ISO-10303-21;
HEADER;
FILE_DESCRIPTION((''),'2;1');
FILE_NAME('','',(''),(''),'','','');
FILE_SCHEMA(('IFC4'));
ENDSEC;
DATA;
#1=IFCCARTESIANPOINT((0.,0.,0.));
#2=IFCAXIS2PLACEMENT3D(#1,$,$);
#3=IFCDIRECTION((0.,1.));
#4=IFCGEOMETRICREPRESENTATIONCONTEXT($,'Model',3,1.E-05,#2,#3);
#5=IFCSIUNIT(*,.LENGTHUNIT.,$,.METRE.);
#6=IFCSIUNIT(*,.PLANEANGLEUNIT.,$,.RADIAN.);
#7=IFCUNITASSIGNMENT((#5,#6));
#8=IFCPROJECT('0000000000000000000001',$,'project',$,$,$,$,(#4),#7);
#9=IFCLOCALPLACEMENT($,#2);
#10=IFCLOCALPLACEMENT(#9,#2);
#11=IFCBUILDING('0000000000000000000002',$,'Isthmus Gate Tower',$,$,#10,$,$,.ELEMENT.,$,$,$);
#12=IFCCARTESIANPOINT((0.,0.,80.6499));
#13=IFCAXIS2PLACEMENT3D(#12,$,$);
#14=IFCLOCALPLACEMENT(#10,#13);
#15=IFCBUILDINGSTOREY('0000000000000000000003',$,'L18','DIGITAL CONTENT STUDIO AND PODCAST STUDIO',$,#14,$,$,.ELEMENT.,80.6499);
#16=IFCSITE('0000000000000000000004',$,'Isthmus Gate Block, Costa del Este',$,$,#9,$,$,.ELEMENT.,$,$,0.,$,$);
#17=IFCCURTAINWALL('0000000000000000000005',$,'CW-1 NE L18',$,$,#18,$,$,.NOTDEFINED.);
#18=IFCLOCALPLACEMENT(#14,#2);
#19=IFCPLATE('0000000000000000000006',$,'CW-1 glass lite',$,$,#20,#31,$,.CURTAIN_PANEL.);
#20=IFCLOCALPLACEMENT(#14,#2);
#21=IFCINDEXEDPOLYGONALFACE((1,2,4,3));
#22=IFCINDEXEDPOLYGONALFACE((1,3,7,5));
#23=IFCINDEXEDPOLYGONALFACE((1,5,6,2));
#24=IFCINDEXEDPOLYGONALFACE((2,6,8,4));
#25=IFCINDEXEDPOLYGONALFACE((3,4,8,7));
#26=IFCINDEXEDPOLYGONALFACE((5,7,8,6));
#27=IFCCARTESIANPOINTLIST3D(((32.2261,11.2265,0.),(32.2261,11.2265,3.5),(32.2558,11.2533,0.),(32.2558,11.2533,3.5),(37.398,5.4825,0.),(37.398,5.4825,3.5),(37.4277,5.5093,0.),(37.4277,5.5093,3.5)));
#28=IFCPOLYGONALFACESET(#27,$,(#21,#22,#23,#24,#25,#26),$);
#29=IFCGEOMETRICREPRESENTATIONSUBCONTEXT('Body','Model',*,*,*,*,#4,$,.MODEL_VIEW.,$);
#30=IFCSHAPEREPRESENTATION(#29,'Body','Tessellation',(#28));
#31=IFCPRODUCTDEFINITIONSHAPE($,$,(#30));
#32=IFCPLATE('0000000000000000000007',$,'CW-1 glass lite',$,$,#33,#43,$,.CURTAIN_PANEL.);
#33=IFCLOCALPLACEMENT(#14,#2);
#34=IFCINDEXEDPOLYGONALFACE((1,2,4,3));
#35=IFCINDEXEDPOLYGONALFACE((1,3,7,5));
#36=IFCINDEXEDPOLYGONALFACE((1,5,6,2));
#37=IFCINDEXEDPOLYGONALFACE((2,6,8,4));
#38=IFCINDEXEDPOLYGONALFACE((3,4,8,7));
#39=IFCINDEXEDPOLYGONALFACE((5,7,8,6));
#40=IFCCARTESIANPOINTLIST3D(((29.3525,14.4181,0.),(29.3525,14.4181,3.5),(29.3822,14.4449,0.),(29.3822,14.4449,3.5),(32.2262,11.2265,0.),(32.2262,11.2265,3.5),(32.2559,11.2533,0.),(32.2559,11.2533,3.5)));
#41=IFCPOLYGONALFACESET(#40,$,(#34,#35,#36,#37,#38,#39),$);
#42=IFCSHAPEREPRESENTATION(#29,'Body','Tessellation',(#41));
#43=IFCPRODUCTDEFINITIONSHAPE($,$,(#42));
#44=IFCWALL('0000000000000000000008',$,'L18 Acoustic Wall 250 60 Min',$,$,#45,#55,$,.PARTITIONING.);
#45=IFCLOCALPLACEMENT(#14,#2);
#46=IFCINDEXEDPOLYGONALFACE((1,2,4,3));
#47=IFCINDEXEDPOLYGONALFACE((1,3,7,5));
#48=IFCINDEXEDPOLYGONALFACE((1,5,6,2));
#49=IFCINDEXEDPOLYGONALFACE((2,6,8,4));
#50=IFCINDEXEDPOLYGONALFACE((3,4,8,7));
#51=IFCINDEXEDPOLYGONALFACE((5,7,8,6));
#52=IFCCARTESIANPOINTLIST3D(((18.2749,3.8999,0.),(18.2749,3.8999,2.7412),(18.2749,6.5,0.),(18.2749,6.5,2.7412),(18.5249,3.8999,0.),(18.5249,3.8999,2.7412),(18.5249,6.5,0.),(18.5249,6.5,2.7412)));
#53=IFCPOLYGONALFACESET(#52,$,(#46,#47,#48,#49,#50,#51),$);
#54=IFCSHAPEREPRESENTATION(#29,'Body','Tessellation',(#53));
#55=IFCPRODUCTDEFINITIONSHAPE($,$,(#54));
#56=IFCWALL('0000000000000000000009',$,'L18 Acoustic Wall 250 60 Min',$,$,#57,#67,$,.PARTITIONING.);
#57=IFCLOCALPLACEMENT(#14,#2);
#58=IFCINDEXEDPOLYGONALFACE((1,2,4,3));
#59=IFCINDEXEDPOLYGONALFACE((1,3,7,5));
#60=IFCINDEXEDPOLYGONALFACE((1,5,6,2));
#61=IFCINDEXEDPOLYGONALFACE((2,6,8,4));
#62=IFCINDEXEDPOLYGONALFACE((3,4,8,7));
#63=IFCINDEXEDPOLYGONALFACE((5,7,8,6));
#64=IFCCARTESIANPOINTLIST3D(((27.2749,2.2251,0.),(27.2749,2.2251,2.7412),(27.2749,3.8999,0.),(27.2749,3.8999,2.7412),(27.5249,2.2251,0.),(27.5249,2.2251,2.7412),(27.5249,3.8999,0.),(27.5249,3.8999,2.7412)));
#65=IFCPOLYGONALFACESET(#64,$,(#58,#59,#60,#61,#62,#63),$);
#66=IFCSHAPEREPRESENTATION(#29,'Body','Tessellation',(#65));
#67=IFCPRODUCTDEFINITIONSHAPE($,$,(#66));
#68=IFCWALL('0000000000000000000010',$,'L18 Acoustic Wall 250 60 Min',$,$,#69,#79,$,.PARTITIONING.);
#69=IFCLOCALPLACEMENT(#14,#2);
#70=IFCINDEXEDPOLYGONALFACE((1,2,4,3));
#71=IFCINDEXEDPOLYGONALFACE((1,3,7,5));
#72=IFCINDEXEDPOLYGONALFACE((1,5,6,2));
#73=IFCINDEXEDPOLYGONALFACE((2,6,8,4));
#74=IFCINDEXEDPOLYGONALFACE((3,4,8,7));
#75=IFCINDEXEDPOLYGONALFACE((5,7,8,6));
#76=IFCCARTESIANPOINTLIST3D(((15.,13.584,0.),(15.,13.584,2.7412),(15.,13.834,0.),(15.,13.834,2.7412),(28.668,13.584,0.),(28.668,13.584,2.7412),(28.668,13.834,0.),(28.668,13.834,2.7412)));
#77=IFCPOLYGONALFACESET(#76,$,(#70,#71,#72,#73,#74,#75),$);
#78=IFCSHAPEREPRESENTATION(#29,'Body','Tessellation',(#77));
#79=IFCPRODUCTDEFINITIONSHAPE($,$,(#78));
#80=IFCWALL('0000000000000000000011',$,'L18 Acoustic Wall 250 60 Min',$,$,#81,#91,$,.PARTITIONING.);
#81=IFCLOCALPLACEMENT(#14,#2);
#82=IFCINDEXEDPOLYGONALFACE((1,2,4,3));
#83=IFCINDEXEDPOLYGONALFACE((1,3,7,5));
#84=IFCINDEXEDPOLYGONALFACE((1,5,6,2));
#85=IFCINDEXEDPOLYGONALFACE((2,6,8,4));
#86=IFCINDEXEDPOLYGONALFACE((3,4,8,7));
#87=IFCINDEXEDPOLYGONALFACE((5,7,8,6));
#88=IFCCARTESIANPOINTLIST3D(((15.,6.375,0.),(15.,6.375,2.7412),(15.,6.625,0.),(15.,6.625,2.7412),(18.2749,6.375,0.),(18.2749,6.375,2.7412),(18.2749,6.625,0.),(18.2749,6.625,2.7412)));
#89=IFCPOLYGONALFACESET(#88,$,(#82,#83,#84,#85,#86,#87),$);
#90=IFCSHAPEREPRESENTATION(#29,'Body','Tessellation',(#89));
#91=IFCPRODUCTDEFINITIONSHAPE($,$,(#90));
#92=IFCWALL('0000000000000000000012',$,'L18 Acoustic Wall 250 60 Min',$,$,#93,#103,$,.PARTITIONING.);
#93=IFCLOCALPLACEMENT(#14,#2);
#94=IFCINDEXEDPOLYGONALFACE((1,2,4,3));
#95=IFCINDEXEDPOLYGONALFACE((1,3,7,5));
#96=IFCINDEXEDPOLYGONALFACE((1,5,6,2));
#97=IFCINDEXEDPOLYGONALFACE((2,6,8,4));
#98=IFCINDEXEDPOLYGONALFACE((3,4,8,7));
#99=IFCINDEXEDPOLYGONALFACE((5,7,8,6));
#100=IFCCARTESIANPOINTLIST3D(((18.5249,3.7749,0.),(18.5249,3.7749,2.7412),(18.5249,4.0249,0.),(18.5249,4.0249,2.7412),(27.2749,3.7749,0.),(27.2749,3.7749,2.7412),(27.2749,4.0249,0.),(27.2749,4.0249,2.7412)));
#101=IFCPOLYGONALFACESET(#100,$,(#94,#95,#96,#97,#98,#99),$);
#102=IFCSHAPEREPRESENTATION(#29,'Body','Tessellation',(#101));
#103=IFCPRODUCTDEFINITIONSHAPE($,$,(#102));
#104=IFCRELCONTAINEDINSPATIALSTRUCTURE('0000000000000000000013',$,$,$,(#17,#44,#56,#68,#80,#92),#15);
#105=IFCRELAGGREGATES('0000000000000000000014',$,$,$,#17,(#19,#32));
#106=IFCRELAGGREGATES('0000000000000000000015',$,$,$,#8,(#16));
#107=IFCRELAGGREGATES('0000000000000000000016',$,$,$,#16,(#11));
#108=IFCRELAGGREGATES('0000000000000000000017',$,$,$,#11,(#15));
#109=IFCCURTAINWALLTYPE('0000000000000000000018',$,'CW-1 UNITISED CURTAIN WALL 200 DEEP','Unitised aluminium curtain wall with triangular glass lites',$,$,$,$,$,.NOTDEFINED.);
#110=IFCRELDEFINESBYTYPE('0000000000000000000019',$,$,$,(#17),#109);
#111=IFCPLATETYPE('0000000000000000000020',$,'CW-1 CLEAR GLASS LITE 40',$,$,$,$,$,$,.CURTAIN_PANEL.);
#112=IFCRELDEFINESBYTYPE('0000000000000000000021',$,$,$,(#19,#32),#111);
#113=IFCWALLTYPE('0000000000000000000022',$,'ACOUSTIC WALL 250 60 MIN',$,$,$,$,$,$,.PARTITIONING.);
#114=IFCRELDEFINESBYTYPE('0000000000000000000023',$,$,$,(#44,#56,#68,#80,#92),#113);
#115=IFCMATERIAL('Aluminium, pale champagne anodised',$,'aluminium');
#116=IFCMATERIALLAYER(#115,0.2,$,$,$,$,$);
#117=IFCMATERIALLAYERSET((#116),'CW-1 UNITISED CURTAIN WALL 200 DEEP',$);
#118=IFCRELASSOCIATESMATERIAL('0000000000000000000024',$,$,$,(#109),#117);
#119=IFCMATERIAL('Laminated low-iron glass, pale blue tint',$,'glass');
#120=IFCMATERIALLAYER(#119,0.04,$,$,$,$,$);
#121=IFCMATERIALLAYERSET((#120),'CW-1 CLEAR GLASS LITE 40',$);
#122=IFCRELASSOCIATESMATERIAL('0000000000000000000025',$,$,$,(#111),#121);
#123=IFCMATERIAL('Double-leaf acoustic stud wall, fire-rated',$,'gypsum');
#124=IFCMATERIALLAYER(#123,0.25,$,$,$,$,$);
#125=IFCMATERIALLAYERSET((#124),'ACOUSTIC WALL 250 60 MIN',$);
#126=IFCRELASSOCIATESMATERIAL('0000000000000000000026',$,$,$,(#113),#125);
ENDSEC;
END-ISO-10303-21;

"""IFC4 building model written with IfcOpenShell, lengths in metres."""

from ifc_helpers import new_model, si_unit, direction, frame, frame_2d, origin, origin_2d, place, context, subcontext, project, spatial, rectangle, extrude, material, layer, layer_set, type_object, element, aggregate, save


model = new_model("IFC4")

# Units and contexts
model_context = context("Model", 3, precision=1e-05, world=origin(), true_north=direction((0.0, 1.0)))
body_context = subcontext(model_context, "Body", "Model", "MODEL_VIEW")
ifc_project = project(units=[si_unit("LENGTHUNIT", "METRE"), si_unit("PLANEANGLEUNIT", "RADIAN")], contexts=[model_context])

# Site, building, storey
site_placement = place(None, origin())
site = spatial("IfcSite", under=ifc_project, at=site_placement, Name="Isthmus Gate Block, Costa del Este", CompositionType="ELEMENT", RefElevation=0.0)
building_placement = place(site_placement, origin())
building = spatial("IfcBuilding", under=site, at=building_placement, Name="Isthmus Gate Tower", CompositionType="ELEMENT")
storey_placement = place(building_placement, frame((0.0, 0.0, 80.6499)))
storey = spatial("IfcBuildingStorey", under=building, at=storey_placement, Name="L18", Description="DIGITAL CONTENT STUDIO AND PODCAST STUDIO", CompositionType="ELEMENT", Elevation=80.6499)

# Curtain wall
ifc_material_1 = material(Name="Aluminium, pale champagne anodised", Category="aluminium")
ifc_layer_1 = layer(ifc_material_1, 0.2)
ifc_layer_set_1 = layer_set([ifc_layer_1], Name="CW-1 UNITISED CURTAIN WALL 200 DEEP")
curtain_wall_type = type_object("IfcCurtainWallType", Name="CW-1 UNITISED CURTAIN WALL 200 DEEP", Description="Unitised aluminium curtain wall with triangular glass lites", PredefinedType="NOTDEFINED", material=ifc_layer_set_1)
curtain_wall_placement = place(storey_placement, origin())
curtain_wall = element("IfcCurtainWall", 1, at=curtain_wall_placement, inside=storey, type_object=curtain_wall_type, Name="CW-1 NE L18", PredefinedType="NOTDEFINED")

# Plates
ifc_material_2 = material(Name="Laminated low-iron glass, pale blue tint", Category="glass")
ifc_layer_2 = layer(ifc_material_2, 0.04)
ifc_layer_set_2 = layer_set([ifc_layer_2], Name="CW-1 CLEAR GLASS LITE 40")
plate_type = type_object("IfcPlateType", Name="CW-1 CLEAR GLASS LITE 40", PredefinedType="CURTAIN_PANEL", material=ifc_layer_set_2)
plate_1_placement = place(storey_placement, frame((34.8269, 8.3679, 0.0), z_axis=(0.0, 0.0, 1.0), x_axis=(-0.669131, 0.743145, 0.0)))
plate_1 = element("IfcPlate", 2, at=plate_1_placement, type_object=plate_type, Name="CW-1 glass lite", PredefinedType="CURTAIN_PANEL", context=body_context, shape_type="SweptSolid", body=[
    extrude(rectangle(XDim=7.7292, YDim=0.04, at=origin_2d()), origin(), (0.0, 0.0, 1.0), 3.5),
])
plate_2_placement = place(storey_placement, frame((30.8042, 12.8357, 0.0), z_axis=(0.0, 0.0, 1.0), x_axis=(-0.669131, 0.743145, 0.0)))
plate_2 = element("IfcPlate", 3, at=plate_2_placement, type_object=plate_type, Name="CW-1 glass lite", PredefinedType="CURTAIN_PANEL", context=body_context, shape_type="SweptSolid", body=[
    extrude(rectangle(XDim=4.2947, YDim=0.04, at=origin_2d()), origin(), (0.0, 0.0, 1.0), 3.5),
])
aggregate(curtain_wall, [plate_1, plate_2])

# Walls
ifc_material_3 = material(Name="Double-leaf acoustic stud wall, fire-rated", Category="gypsum")
ifc_layer_3 = layer(ifc_material_3, 0.25)
ifc_layer_set_3 = layer_set([ifc_layer_3], Name="ACOUSTIC WALL 250 60 MIN")
wall_type = type_object("IfcWallType", Name="ACOUSTIC WALL 250 60 MIN", PredefinedType="PARTITIONING", material=ifc_layer_set_3)
wall_1_placement = place(storey_placement, frame((18.3999, 6.5, 0.0), z_axis=(0.0, 0.0, 1.0), x_axis=(0.0, -1.0, 0.0)))
element("IfcWall", 4, at=wall_1_placement, inside=storey, type_object=wall_type, Name="L18 Acoustic Wall 250 60 Min", PredefinedType="PARTITIONING", context=body_context, shape_type="SweptSolid", body=[
    extrude(rectangle(XDim=2.6001, YDim=0.25, at=frame_2d((1.3, 0.0))), origin(), (0.0, 0.0, 1.0), 2.7412),
])
wall_2_placement = place(storey_placement, frame((27.3999, 3.8999, 0.0), z_axis=(0.0, 0.0, 1.0), x_axis=(0.0, -1.0, 0.0)))
element("IfcWall", 5, at=wall_2_placement, inside=storey, type_object=wall_type, Name="L18 Acoustic Wall 250 60 Min", PredefinedType="PARTITIONING", context=body_context, shape_type="SweptSolid", body=[
    extrude(rectangle(XDim=1.6748, YDim=0.25, at=frame_2d((0.8374, 0.0))), origin(), (0.0, 0.0, 1.0), 2.7412),
])
wall_3_placement = place(storey_placement, frame((15.0, 13.709, 0.0), z_axis=(0.0, 0.0, 1.0), x_axis=(1.0, 0.0, 0.0)))
element("IfcWall", 6, at=wall_3_placement, inside=storey, type_object=wall_type, Name="L18 Acoustic Wall 250 60 Min", PredefinedType="PARTITIONING", context=body_context, shape_type="SweptSolid", body=[
    extrude(rectangle(XDim=13.668, YDim=0.25, at=frame_2d((6.834, 0.0))), origin(), (0.0, 0.0, 1.0), 2.7412),
])
wall_4_placement = place(storey_placement, frame((15.0, 6.5, 0.0), z_axis=(0.0, 0.0, 1.0), x_axis=(1.0, 0.0, 0.0)))
element("IfcWall", 7, at=wall_4_placement, inside=storey, type_object=wall_type, Name="L18 Acoustic Wall 250 60 Min", PredefinedType="PARTITIONING", context=body_context, shape_type="SweptSolid", body=[
    extrude(rectangle(XDim=3.2749, YDim=0.25, at=frame_2d((1.6375, 0.0))), origin(), (0.0, 0.0, 1.0), 2.7412),
])
wall_5_placement = place(storey_placement, frame((18.5249, 3.8999, 0.0), z_axis=(0.0, 0.0, 1.0), x_axis=(1.0, 0.0, 0.0)))
element("IfcWall", 8, at=wall_5_placement, inside=storey, type_object=wall_type, Name="L18 Acoustic Wall 250 60 Min", PredefinedType="PARTITIONING", context=body_context, shape_type="SweptSolid", body=[
    extrude(rectangle(XDim=8.75, YDim=0.25, at=frame_2d((4.375, 0.0))), origin(), (0.0, 0.0, 1.0), 2.7412),
])

save(model, "model.ifc")
